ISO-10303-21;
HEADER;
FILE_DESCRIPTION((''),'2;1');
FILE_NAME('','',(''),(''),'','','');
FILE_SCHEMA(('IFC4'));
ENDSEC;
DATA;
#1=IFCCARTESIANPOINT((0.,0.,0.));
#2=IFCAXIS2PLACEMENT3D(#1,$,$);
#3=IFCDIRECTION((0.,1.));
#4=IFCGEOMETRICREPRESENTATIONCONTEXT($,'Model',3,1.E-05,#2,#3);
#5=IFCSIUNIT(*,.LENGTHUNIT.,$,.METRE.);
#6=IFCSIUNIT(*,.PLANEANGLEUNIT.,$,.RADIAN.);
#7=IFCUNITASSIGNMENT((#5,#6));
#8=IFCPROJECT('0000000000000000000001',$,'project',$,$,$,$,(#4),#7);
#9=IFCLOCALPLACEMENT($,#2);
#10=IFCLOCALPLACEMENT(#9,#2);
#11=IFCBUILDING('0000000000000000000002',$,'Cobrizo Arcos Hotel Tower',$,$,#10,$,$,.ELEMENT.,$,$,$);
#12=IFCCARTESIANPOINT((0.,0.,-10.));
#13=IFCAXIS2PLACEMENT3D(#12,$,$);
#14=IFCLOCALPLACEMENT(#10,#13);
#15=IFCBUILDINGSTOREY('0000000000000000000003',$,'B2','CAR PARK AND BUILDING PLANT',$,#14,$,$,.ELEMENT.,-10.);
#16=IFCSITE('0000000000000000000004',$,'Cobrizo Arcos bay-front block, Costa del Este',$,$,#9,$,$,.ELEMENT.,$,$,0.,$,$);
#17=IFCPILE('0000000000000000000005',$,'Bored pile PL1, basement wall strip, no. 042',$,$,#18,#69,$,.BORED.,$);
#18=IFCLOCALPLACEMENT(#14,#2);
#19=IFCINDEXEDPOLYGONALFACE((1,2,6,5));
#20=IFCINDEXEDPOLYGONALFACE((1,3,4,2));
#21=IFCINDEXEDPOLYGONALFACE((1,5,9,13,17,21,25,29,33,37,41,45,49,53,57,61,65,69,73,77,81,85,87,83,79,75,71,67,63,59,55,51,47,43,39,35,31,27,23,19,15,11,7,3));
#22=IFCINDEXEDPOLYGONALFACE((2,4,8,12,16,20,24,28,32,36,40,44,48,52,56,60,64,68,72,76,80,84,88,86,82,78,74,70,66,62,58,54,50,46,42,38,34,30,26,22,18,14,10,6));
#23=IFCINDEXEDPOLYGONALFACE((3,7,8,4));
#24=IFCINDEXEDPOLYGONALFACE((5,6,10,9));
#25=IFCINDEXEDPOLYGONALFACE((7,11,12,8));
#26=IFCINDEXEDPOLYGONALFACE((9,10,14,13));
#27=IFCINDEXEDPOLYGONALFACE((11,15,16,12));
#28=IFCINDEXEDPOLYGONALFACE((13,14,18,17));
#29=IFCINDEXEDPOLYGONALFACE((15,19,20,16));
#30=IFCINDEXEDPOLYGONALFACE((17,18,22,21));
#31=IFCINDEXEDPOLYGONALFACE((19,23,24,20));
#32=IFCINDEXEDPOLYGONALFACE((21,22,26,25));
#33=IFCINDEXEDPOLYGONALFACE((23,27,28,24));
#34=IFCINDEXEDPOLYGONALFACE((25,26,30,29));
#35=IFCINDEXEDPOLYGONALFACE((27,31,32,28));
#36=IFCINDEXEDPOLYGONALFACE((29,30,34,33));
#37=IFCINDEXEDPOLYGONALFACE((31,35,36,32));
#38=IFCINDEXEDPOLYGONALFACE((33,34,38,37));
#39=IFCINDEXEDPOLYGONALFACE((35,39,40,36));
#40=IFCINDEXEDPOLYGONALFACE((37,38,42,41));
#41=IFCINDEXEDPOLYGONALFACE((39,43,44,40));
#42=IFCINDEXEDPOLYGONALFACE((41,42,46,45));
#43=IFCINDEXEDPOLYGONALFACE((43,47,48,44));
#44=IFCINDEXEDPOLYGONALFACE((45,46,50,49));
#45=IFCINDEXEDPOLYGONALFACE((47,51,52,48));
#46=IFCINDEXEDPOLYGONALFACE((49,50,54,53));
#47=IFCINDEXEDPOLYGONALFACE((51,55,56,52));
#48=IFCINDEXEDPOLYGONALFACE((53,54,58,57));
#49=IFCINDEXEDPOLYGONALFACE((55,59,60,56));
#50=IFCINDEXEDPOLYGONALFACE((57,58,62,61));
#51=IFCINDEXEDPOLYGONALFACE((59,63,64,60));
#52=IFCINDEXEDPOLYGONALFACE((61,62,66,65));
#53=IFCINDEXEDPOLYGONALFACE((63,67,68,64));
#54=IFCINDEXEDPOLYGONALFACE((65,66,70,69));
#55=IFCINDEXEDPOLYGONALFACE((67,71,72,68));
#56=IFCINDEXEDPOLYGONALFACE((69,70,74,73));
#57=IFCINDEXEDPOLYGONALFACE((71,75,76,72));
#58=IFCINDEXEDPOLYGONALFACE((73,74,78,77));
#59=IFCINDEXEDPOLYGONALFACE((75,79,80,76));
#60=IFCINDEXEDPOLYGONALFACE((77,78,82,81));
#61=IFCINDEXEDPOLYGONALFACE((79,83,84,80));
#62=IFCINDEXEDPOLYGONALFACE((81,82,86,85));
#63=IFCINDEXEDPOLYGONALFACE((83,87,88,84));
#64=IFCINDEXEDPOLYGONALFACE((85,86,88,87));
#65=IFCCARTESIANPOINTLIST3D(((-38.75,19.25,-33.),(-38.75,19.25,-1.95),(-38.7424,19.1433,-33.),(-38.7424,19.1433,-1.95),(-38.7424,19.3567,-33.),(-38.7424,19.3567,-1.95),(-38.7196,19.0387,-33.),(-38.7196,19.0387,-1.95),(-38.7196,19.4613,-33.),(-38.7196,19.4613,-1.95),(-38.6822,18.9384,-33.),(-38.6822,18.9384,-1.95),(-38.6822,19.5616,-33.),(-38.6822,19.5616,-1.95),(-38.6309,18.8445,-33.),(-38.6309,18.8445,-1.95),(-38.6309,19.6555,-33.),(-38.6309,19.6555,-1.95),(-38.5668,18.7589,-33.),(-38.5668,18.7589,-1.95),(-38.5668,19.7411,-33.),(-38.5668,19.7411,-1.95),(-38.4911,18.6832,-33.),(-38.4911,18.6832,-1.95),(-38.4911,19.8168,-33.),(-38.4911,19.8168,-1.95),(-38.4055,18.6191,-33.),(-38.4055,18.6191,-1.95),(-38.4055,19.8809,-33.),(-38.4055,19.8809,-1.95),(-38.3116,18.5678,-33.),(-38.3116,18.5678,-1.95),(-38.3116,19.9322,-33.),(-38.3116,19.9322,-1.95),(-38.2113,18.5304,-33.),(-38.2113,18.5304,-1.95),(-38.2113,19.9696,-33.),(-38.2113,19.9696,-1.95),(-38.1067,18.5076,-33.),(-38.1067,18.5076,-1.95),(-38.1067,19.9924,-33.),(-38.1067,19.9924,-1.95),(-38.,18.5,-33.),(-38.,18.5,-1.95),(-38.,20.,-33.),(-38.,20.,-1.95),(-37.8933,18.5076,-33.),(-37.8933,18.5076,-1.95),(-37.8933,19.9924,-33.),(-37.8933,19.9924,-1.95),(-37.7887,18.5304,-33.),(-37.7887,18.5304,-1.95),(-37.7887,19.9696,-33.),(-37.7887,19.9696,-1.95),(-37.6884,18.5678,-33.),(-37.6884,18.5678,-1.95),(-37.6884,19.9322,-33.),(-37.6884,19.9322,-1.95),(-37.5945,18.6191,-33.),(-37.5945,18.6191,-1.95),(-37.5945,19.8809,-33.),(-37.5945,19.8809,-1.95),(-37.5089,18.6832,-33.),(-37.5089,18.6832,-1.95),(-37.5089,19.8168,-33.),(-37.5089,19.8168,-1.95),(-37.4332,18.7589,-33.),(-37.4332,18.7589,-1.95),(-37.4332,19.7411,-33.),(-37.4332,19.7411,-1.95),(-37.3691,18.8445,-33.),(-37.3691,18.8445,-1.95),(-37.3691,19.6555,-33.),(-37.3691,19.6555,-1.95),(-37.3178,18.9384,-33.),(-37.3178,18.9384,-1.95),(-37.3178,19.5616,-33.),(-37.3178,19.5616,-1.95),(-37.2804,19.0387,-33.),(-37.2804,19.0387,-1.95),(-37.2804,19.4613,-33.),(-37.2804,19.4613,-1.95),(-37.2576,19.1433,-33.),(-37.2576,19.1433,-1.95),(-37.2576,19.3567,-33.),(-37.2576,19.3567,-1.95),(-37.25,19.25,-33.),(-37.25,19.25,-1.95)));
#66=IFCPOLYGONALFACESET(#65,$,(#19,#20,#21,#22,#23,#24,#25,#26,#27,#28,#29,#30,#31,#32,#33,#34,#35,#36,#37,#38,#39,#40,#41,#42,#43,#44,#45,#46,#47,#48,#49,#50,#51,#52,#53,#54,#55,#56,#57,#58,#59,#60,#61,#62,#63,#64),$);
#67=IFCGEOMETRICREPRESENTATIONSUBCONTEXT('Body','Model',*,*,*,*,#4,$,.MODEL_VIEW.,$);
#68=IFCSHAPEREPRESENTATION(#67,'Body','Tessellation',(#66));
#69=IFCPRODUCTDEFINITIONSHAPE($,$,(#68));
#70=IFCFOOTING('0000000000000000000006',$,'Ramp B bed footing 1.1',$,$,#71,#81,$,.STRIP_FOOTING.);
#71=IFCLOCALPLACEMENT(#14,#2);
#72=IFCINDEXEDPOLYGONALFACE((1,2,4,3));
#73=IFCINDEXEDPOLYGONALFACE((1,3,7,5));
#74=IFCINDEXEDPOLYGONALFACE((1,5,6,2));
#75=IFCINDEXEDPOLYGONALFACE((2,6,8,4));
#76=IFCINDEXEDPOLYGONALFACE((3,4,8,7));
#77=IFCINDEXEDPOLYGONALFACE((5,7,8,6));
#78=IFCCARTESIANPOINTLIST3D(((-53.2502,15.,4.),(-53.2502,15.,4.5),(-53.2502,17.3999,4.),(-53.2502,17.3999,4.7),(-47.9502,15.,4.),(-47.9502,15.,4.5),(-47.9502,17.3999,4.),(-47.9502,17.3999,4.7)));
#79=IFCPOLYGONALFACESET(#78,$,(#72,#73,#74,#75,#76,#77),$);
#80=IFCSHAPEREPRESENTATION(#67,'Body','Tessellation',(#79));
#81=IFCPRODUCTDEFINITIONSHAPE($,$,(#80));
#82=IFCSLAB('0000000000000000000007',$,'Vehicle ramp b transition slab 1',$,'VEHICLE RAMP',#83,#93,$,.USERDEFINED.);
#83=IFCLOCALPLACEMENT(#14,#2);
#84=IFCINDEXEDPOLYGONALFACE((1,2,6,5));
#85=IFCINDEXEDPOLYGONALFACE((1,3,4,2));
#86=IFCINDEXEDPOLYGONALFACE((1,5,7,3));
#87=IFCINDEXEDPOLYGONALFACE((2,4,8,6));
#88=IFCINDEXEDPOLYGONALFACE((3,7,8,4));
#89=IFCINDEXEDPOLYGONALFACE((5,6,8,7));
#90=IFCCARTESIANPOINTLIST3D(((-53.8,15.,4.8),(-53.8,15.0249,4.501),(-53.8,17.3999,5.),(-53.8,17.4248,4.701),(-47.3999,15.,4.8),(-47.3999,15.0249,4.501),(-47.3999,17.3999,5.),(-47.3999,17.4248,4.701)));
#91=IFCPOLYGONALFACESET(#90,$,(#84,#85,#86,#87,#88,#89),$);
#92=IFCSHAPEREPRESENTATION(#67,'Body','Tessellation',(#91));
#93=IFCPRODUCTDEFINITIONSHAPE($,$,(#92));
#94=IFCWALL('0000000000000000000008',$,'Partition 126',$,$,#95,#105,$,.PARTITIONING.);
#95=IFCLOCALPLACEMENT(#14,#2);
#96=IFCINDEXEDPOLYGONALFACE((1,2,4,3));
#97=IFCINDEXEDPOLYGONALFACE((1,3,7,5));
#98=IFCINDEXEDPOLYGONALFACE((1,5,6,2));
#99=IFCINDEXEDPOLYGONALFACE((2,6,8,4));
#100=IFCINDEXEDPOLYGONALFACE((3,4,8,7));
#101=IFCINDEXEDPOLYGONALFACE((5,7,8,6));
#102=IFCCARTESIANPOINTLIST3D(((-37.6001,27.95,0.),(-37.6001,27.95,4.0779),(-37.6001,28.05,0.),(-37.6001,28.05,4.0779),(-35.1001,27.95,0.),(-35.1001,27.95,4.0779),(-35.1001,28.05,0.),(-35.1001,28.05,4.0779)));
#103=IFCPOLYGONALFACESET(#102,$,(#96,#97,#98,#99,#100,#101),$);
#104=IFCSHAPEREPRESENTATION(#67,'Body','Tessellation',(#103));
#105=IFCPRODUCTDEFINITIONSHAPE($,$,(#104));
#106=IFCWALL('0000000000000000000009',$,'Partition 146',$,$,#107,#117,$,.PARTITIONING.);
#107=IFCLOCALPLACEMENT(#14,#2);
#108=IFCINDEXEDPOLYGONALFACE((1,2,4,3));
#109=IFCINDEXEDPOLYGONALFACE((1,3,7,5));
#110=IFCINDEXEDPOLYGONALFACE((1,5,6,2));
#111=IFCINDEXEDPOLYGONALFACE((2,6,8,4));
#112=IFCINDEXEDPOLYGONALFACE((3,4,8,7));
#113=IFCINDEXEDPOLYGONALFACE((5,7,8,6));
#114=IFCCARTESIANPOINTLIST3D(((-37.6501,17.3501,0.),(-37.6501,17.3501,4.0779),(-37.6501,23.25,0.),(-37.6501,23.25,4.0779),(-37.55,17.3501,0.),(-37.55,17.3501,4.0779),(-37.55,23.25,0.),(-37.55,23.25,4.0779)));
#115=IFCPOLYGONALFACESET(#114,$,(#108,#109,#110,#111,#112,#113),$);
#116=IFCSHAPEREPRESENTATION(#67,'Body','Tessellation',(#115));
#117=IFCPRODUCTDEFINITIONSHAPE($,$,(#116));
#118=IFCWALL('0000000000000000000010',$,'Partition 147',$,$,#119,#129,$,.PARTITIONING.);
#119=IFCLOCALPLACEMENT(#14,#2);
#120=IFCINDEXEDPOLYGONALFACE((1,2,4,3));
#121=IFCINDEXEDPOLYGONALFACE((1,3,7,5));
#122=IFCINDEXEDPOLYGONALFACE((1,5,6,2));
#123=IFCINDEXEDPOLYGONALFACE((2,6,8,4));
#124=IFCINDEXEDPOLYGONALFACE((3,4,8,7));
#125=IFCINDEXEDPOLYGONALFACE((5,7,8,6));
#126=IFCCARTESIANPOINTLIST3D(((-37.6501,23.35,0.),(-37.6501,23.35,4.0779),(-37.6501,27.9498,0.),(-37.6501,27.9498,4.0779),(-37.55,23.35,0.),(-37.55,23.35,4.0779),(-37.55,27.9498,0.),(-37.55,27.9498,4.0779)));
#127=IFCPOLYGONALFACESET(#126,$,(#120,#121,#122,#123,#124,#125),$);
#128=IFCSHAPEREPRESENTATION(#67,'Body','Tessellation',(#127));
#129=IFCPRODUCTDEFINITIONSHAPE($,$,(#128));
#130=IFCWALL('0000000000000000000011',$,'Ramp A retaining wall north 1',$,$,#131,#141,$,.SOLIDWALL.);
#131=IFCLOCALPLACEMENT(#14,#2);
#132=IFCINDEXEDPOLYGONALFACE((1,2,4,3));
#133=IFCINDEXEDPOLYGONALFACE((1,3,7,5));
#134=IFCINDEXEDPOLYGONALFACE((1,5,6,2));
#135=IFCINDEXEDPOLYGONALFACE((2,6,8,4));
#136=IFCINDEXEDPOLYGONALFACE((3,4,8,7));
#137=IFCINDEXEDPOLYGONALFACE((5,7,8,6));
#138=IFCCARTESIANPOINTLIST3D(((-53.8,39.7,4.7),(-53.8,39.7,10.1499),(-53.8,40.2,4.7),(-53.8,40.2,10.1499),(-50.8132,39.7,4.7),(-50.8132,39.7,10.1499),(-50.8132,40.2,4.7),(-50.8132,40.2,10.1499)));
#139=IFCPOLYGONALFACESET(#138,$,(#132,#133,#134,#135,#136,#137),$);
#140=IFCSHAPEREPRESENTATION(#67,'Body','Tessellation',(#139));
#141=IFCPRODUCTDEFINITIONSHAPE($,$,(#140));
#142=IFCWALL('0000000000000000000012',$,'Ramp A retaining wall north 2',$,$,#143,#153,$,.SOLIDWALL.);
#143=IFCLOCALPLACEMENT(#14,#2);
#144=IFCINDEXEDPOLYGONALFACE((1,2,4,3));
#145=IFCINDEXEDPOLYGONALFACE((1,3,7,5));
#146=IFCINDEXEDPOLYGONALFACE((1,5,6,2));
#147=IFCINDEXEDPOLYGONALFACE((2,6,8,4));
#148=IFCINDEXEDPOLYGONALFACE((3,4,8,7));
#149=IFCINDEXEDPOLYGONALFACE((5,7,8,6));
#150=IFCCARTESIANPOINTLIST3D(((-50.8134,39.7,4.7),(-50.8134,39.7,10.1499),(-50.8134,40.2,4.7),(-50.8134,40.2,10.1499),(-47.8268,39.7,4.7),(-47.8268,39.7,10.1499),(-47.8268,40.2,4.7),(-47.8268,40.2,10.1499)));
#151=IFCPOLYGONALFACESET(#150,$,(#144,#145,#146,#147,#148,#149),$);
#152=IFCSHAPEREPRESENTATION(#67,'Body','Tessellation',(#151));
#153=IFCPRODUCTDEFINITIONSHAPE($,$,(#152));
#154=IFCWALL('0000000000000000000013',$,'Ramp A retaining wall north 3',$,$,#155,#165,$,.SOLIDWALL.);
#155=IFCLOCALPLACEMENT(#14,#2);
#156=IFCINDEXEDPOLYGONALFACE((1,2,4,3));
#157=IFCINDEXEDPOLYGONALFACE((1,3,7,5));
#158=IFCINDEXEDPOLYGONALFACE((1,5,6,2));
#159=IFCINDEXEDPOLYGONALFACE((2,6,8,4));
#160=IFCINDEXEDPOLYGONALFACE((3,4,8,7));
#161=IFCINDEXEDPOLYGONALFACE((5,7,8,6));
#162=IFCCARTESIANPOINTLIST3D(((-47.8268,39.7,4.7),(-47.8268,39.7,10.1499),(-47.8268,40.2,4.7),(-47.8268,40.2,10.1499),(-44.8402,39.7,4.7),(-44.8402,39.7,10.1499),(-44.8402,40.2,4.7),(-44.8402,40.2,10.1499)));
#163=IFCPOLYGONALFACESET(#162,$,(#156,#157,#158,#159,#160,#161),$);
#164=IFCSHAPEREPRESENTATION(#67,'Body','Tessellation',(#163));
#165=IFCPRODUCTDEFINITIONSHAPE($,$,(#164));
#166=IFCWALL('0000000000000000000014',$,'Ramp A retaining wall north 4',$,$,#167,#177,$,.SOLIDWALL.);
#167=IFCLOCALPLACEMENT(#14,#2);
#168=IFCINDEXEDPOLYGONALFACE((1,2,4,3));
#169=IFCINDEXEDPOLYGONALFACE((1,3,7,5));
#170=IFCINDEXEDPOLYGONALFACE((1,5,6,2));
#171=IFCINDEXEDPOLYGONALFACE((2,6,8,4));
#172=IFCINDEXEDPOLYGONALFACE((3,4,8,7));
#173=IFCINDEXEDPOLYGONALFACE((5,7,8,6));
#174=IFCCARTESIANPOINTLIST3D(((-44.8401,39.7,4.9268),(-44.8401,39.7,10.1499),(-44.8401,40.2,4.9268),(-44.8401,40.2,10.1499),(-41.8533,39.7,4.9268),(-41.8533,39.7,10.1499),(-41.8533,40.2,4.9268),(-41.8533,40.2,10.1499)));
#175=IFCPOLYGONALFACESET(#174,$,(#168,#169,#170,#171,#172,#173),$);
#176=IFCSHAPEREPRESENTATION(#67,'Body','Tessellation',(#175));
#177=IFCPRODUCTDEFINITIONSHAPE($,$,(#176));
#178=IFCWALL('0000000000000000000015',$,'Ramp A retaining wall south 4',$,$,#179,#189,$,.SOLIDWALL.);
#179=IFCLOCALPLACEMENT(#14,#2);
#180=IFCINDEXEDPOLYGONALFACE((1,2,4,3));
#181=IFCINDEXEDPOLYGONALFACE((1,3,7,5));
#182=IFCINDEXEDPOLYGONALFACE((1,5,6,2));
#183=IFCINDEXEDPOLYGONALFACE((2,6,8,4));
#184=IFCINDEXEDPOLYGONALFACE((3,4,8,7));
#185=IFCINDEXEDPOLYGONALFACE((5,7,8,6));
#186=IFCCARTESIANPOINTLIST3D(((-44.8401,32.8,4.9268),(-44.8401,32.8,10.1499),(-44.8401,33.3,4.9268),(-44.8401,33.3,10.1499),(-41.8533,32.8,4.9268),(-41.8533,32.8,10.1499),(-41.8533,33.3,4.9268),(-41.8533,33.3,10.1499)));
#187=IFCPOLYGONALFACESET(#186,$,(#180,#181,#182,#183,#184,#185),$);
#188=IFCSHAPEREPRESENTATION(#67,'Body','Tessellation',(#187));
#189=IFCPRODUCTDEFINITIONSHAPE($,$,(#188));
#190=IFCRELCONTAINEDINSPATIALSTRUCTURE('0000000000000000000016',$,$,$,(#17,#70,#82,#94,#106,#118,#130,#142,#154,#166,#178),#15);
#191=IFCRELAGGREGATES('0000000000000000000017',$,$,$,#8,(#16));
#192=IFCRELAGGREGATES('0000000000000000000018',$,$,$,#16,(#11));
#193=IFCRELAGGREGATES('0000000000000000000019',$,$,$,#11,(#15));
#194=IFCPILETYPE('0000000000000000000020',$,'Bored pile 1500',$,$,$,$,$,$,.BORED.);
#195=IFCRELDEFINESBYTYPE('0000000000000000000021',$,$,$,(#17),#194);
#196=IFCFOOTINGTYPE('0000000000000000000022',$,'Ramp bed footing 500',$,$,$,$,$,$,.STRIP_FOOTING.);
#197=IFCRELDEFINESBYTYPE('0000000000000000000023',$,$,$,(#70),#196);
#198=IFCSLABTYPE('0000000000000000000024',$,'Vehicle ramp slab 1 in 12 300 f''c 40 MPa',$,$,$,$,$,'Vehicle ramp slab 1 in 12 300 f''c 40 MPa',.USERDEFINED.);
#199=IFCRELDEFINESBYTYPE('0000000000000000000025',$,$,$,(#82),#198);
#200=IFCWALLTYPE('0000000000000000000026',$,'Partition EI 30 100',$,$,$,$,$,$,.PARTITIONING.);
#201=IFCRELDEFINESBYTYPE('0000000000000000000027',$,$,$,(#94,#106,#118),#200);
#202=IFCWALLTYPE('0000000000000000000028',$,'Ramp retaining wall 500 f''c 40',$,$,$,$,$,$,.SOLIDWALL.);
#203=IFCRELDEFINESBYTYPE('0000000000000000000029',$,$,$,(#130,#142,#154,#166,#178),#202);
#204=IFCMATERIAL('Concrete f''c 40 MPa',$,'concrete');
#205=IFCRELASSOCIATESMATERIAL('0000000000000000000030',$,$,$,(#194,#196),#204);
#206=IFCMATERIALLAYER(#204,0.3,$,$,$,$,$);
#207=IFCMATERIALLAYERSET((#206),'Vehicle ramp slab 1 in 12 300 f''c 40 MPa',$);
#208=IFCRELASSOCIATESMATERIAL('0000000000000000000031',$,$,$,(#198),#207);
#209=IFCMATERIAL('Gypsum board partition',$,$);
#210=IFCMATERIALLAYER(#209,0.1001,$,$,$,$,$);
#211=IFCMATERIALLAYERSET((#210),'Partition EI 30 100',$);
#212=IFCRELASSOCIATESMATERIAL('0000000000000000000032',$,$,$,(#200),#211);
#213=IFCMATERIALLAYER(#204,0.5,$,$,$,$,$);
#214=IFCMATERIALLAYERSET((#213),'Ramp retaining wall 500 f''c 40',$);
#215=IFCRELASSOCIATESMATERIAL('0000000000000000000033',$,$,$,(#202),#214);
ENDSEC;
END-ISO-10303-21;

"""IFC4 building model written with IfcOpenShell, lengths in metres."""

from ifc_helpers import new_model, si_unit, direction, frame, frame_2d, origin, origin_2d, place, context, subcontext, project, spatial, polyline, rectangle, circle, outline, extrude, material, layer, layer_set, material_profile, profile_set, type_object, element, save


model = new_model("IFC4")

# Units and contexts
model_context = context("Model", 3, precision=1e-05, world=origin(), true_north=direction((0.0, 1.0)))
body_context = subcontext(model_context, "Body", "Model", "MODEL_VIEW")
ifc_project = project(units=[si_unit("LENGTHUNIT", "METRE"), si_unit("PLANEANGLEUNIT", "RADIAN")], contexts=[model_context])

# Site, building, storey
site_placement = place(None, origin())
site = spatial("IfcSite", under=ifc_project, at=site_placement, Name="Cobrizo Arcos bay-front block, Costa del Este", CompositionType="ELEMENT", RefElevation=0.0)
building_placement = place(site_placement, origin())
building = spatial("IfcBuilding", under=site, at=building_placement, Name="Cobrizo Arcos Hotel Tower", CompositionType="ELEMENT")
storey_placement = place(building_placement, frame((0.0, 0.0, -10.0)))
storey = spatial("IfcBuildingStorey", under=building, at=storey_placement, Name="B2", Description="CAR PARK AND BUILDING PLANT", CompositionType="ELEMENT", Elevation=-10.0)

# Pile
ifc_material_1 = material(Name="Concrete f'c 40 MPa", Category="concrete")
ifc_material_profile = material_profile(ifc_material_1, circle(Radius=0.75, at=origin_2d()), Name="BORED PILE 1500")
ifc_profile_set = profile_set([ifc_material_profile], Name="Concrete f'c 40 MPa")
pile_type = type_object("IfcPileType", Name="Bored pile 1500", PredefinedType="BORED", material=ifc_profile_set)
pile_placement = place(storey_placement, frame((-38.0, 19.25, -1.95), z_axis=(0.0, 0.0, -1.0), x_axis=(1.0, 0.0, 0.0)))
element("IfcPile", 1, at=pile_placement, inside=storey, type_object=pile_type, Name="Bored pile PL1, basement wall strip, no. 042", PredefinedType="BORED", context=body_context, shape_type="SweptSolid", body=[
    extrude(circle(Radius=0.75, at=origin_2d()), origin(), (0.0, 0.0, 1.0), 31.05),
])

# Footing
footing_type = type_object("IfcFootingType", Name="Ramp bed footing 500", PredefinedType="STRIP_FOOTING", material=ifc_material_1)
footing_placement = place(storey_placement, frame((-50.6001, 17.3999, 4.0), z_axis=(0.0, 0.0, 1.0), x_axis=(0.0, -1.0, 0.0)))
element("IfcFooting", 2, at=footing_placement, inside=storey, type_object=footing_type, Name="Ramp B bed footing 1.1", PredefinedType="STRIP_FOOTING", context=body_context, shape_type="SweptSolid", body=[
    extrude(outline(polyline([(0.0, 0.0), (2.3999, 0.0), (2.3999, 0.5), (0.0, 0.7), (0.0, 0.0)])), frame((0.0, 2.6499, 0.0), z_axis=(0.0, -1.0, 0.0), x_axis=(1.0, 0.0, 0.0)), (0.0, 0.0, 1.0), 5.3),
])

# Slab
ifc_layer_1 = layer(ifc_material_1, 0.3)
ifc_layer_set_1 = layer_set([ifc_layer_1], Name="Vehicle ramp slab 1 in 12 300 f'c 40 MPa")
slab_type = type_object("IfcSlabType", Name="Vehicle ramp slab 1 in 12 300 f'c 40 MPa", ElementType="Vehicle ramp slab 1 in 12 300 f'c 40 MPa", PredefinedType="USERDEFINED", material=ifc_layer_set_1)
slab_placement = place(storey_placement, frame((-47.3999, 17.3999, 5.0), z_axis=(0.0, -0.083029, 0.996547), x_axis=(0.0, -0.996547, -0.083029)))
element("IfcSlab", 3, at=slab_placement, inside=storey, type_object=slab_type, Name="Vehicle ramp b transition slab 1", ObjectType="VEHICLE RAMP", PredefinedType="USERDEFINED", context=body_context, shape_type="SweptSolid", body=[
    extrude(outline(polyline([(0.0, 0.0), (2.4082, 0.0), (2.4082, -6.4001), (0.0, -6.4001), (0.0, 0.0)])), origin(), (0.0, 0.0, -1.0), 0.3),
])

# Walls
ifc_material_2 = material(Name="Gypsum board partition")
ifc_layer_2 = layer(ifc_material_2, 0.1001)
ifc_layer_set_2 = layer_set([ifc_layer_2], Name="Partition EI 30 100")
wall_type_1 = type_object("IfcWallType", Name="Partition EI 30 100", PredefinedType="PARTITIONING", material=ifc_layer_set_2)
wall_1_placement = place(storey_placement, frame((-37.6001, 28.0, 0.0), z_axis=(0.0, 0.0, 1.0), x_axis=(1.0, 0.0, 0.0)))
element("IfcWall", 4, at=wall_1_placement, inside=storey, type_object=wall_type_1, Name="Partition 126", PredefinedType="PARTITIONING", context=body_context, shape_type="SweptSolid", body=[
    extrude(rectangle(XDim=2.5, YDim=0.1001, at=frame_2d((1.25, 0.0))), origin(), (0.0, 0.0, 1.0), 4.0779),
])
wall_2_placement = place(storey_placement, frame((-37.6001, 17.3501, 0.0), z_axis=(0.0, 0.0, 1.0), x_axis=(0.0, 1.0, 0.0)))
element("IfcWall", 5, at=wall_2_placement, inside=storey, type_object=wall_type_1, Name="Partition 146", PredefinedType="PARTITIONING", context=body_context, shape_type="SweptSolid", body=[
    extrude(rectangle(XDim=5.8999, YDim=0.1001, at=frame_2d((2.95, 0.0))), origin(), (0.0, 0.0, 1.0), 4.0779),
])
wall_3_placement = place(storey_placement, frame((-37.6001, 23.3501, 0.0), z_axis=(0.0, 0.0, 1.0), x_axis=(0.0, 1.0, 0.0)))
element("IfcWall", 6, at=wall_3_placement, inside=storey, type_object=wall_type_1, Name="Partition 147", PredefinedType="PARTITIONING", context=body_context, shape_type="SweptSolid", body=[
    extrude(rectangle(XDim=4.5999, YDim=0.1001, at=frame_2d((2.2998, 0.0))), origin(), (0.0, 0.0, 1.0), 4.0779),
])
ifc_layer_3 = layer(ifc_material_1, 0.5)
ifc_layer_set_3 = layer_set([ifc_layer_3], Name="Ramp retaining wall 500 f'c 40")
wall_type_2 = type_object("IfcWallType", Name="Ramp retaining wall 500 f'c 40", PredefinedType="SOLIDWALL", material=ifc_layer_set_3)
wall_4_placement = place(storey_placement, frame((-53.8, 39.95, 4.7), z_axis=(0.0, 0.0, 1.0), x_axis=(1.0, 0.0, 0.0)))
element("IfcWall", 7, at=wall_4_placement, inside=storey, type_object=wall_type_2, Name="Ramp A retaining wall north 1", PredefinedType="SOLIDWALL", context=body_context, shape_type="SweptSolid", body=[
    extrude(rectangle(XDim=2.9868, YDim=0.5, at=frame_2d((1.4934, 0.0))), origin(), (0.0, 0.0, 1.0), 5.45),
])
for number, where, z_axis, x_axis, name in (
    (8, (-50.8132, 39.95, 4.7), (0.0, 0.0, 1.0), (1.0, 0.0, 0.0), "Ramp A retaining wall north 2"),
    (9, (-47.8267, 39.95, 4.7), (0.0, 0.0, 1.0), (1.0, 0.0, 0.0), "Ramp A retaining wall north 3"),
):
    element("IfcWall", number, at=place(storey_placement, frame(where, z_axis=z_axis, x_axis=x_axis)), inside=storey, type_object=wall_type_2, Name=name, PredefinedType="SOLIDWALL", context=body_context, shape_type="SweptSolid", body=[
        extrude(rectangle(XDim=2.9866, YDim=0.5, at=frame_2d((1.4932, 0.0))), origin(), (0.0, 0.0, 1.0), 5.45),
    ])
for number, where, z_axis, x_axis, name in (
    (10, (-44.8401, 39.95, 4.9268), (0.0, 0.0, 1.0), (1.0, 0.0, 0.0), "Ramp A retaining wall north 4"),
    (11, (-44.8401, 33.05, 4.9268), (0.0, 0.0, 1.0), (1.0, 0.0, 0.0), "Ramp A retaining wall south 4"),
):
    element("IfcWall", number, at=place(storey_placement, frame(where, z_axis=z_axis, x_axis=x_axis)), inside=storey, type_object=wall_type_2, Name=name, PredefinedType="SOLIDWALL", context=body_context, shape_type="SweptSolid", body=[
        extrude(rectangle(XDim=2.9868, YDim=0.5, at=frame_2d((1.4934, 0.0))), origin(), (0.0, 0.0, 1.0), 5.2231),
    ])

save(model, "model.ifc")
